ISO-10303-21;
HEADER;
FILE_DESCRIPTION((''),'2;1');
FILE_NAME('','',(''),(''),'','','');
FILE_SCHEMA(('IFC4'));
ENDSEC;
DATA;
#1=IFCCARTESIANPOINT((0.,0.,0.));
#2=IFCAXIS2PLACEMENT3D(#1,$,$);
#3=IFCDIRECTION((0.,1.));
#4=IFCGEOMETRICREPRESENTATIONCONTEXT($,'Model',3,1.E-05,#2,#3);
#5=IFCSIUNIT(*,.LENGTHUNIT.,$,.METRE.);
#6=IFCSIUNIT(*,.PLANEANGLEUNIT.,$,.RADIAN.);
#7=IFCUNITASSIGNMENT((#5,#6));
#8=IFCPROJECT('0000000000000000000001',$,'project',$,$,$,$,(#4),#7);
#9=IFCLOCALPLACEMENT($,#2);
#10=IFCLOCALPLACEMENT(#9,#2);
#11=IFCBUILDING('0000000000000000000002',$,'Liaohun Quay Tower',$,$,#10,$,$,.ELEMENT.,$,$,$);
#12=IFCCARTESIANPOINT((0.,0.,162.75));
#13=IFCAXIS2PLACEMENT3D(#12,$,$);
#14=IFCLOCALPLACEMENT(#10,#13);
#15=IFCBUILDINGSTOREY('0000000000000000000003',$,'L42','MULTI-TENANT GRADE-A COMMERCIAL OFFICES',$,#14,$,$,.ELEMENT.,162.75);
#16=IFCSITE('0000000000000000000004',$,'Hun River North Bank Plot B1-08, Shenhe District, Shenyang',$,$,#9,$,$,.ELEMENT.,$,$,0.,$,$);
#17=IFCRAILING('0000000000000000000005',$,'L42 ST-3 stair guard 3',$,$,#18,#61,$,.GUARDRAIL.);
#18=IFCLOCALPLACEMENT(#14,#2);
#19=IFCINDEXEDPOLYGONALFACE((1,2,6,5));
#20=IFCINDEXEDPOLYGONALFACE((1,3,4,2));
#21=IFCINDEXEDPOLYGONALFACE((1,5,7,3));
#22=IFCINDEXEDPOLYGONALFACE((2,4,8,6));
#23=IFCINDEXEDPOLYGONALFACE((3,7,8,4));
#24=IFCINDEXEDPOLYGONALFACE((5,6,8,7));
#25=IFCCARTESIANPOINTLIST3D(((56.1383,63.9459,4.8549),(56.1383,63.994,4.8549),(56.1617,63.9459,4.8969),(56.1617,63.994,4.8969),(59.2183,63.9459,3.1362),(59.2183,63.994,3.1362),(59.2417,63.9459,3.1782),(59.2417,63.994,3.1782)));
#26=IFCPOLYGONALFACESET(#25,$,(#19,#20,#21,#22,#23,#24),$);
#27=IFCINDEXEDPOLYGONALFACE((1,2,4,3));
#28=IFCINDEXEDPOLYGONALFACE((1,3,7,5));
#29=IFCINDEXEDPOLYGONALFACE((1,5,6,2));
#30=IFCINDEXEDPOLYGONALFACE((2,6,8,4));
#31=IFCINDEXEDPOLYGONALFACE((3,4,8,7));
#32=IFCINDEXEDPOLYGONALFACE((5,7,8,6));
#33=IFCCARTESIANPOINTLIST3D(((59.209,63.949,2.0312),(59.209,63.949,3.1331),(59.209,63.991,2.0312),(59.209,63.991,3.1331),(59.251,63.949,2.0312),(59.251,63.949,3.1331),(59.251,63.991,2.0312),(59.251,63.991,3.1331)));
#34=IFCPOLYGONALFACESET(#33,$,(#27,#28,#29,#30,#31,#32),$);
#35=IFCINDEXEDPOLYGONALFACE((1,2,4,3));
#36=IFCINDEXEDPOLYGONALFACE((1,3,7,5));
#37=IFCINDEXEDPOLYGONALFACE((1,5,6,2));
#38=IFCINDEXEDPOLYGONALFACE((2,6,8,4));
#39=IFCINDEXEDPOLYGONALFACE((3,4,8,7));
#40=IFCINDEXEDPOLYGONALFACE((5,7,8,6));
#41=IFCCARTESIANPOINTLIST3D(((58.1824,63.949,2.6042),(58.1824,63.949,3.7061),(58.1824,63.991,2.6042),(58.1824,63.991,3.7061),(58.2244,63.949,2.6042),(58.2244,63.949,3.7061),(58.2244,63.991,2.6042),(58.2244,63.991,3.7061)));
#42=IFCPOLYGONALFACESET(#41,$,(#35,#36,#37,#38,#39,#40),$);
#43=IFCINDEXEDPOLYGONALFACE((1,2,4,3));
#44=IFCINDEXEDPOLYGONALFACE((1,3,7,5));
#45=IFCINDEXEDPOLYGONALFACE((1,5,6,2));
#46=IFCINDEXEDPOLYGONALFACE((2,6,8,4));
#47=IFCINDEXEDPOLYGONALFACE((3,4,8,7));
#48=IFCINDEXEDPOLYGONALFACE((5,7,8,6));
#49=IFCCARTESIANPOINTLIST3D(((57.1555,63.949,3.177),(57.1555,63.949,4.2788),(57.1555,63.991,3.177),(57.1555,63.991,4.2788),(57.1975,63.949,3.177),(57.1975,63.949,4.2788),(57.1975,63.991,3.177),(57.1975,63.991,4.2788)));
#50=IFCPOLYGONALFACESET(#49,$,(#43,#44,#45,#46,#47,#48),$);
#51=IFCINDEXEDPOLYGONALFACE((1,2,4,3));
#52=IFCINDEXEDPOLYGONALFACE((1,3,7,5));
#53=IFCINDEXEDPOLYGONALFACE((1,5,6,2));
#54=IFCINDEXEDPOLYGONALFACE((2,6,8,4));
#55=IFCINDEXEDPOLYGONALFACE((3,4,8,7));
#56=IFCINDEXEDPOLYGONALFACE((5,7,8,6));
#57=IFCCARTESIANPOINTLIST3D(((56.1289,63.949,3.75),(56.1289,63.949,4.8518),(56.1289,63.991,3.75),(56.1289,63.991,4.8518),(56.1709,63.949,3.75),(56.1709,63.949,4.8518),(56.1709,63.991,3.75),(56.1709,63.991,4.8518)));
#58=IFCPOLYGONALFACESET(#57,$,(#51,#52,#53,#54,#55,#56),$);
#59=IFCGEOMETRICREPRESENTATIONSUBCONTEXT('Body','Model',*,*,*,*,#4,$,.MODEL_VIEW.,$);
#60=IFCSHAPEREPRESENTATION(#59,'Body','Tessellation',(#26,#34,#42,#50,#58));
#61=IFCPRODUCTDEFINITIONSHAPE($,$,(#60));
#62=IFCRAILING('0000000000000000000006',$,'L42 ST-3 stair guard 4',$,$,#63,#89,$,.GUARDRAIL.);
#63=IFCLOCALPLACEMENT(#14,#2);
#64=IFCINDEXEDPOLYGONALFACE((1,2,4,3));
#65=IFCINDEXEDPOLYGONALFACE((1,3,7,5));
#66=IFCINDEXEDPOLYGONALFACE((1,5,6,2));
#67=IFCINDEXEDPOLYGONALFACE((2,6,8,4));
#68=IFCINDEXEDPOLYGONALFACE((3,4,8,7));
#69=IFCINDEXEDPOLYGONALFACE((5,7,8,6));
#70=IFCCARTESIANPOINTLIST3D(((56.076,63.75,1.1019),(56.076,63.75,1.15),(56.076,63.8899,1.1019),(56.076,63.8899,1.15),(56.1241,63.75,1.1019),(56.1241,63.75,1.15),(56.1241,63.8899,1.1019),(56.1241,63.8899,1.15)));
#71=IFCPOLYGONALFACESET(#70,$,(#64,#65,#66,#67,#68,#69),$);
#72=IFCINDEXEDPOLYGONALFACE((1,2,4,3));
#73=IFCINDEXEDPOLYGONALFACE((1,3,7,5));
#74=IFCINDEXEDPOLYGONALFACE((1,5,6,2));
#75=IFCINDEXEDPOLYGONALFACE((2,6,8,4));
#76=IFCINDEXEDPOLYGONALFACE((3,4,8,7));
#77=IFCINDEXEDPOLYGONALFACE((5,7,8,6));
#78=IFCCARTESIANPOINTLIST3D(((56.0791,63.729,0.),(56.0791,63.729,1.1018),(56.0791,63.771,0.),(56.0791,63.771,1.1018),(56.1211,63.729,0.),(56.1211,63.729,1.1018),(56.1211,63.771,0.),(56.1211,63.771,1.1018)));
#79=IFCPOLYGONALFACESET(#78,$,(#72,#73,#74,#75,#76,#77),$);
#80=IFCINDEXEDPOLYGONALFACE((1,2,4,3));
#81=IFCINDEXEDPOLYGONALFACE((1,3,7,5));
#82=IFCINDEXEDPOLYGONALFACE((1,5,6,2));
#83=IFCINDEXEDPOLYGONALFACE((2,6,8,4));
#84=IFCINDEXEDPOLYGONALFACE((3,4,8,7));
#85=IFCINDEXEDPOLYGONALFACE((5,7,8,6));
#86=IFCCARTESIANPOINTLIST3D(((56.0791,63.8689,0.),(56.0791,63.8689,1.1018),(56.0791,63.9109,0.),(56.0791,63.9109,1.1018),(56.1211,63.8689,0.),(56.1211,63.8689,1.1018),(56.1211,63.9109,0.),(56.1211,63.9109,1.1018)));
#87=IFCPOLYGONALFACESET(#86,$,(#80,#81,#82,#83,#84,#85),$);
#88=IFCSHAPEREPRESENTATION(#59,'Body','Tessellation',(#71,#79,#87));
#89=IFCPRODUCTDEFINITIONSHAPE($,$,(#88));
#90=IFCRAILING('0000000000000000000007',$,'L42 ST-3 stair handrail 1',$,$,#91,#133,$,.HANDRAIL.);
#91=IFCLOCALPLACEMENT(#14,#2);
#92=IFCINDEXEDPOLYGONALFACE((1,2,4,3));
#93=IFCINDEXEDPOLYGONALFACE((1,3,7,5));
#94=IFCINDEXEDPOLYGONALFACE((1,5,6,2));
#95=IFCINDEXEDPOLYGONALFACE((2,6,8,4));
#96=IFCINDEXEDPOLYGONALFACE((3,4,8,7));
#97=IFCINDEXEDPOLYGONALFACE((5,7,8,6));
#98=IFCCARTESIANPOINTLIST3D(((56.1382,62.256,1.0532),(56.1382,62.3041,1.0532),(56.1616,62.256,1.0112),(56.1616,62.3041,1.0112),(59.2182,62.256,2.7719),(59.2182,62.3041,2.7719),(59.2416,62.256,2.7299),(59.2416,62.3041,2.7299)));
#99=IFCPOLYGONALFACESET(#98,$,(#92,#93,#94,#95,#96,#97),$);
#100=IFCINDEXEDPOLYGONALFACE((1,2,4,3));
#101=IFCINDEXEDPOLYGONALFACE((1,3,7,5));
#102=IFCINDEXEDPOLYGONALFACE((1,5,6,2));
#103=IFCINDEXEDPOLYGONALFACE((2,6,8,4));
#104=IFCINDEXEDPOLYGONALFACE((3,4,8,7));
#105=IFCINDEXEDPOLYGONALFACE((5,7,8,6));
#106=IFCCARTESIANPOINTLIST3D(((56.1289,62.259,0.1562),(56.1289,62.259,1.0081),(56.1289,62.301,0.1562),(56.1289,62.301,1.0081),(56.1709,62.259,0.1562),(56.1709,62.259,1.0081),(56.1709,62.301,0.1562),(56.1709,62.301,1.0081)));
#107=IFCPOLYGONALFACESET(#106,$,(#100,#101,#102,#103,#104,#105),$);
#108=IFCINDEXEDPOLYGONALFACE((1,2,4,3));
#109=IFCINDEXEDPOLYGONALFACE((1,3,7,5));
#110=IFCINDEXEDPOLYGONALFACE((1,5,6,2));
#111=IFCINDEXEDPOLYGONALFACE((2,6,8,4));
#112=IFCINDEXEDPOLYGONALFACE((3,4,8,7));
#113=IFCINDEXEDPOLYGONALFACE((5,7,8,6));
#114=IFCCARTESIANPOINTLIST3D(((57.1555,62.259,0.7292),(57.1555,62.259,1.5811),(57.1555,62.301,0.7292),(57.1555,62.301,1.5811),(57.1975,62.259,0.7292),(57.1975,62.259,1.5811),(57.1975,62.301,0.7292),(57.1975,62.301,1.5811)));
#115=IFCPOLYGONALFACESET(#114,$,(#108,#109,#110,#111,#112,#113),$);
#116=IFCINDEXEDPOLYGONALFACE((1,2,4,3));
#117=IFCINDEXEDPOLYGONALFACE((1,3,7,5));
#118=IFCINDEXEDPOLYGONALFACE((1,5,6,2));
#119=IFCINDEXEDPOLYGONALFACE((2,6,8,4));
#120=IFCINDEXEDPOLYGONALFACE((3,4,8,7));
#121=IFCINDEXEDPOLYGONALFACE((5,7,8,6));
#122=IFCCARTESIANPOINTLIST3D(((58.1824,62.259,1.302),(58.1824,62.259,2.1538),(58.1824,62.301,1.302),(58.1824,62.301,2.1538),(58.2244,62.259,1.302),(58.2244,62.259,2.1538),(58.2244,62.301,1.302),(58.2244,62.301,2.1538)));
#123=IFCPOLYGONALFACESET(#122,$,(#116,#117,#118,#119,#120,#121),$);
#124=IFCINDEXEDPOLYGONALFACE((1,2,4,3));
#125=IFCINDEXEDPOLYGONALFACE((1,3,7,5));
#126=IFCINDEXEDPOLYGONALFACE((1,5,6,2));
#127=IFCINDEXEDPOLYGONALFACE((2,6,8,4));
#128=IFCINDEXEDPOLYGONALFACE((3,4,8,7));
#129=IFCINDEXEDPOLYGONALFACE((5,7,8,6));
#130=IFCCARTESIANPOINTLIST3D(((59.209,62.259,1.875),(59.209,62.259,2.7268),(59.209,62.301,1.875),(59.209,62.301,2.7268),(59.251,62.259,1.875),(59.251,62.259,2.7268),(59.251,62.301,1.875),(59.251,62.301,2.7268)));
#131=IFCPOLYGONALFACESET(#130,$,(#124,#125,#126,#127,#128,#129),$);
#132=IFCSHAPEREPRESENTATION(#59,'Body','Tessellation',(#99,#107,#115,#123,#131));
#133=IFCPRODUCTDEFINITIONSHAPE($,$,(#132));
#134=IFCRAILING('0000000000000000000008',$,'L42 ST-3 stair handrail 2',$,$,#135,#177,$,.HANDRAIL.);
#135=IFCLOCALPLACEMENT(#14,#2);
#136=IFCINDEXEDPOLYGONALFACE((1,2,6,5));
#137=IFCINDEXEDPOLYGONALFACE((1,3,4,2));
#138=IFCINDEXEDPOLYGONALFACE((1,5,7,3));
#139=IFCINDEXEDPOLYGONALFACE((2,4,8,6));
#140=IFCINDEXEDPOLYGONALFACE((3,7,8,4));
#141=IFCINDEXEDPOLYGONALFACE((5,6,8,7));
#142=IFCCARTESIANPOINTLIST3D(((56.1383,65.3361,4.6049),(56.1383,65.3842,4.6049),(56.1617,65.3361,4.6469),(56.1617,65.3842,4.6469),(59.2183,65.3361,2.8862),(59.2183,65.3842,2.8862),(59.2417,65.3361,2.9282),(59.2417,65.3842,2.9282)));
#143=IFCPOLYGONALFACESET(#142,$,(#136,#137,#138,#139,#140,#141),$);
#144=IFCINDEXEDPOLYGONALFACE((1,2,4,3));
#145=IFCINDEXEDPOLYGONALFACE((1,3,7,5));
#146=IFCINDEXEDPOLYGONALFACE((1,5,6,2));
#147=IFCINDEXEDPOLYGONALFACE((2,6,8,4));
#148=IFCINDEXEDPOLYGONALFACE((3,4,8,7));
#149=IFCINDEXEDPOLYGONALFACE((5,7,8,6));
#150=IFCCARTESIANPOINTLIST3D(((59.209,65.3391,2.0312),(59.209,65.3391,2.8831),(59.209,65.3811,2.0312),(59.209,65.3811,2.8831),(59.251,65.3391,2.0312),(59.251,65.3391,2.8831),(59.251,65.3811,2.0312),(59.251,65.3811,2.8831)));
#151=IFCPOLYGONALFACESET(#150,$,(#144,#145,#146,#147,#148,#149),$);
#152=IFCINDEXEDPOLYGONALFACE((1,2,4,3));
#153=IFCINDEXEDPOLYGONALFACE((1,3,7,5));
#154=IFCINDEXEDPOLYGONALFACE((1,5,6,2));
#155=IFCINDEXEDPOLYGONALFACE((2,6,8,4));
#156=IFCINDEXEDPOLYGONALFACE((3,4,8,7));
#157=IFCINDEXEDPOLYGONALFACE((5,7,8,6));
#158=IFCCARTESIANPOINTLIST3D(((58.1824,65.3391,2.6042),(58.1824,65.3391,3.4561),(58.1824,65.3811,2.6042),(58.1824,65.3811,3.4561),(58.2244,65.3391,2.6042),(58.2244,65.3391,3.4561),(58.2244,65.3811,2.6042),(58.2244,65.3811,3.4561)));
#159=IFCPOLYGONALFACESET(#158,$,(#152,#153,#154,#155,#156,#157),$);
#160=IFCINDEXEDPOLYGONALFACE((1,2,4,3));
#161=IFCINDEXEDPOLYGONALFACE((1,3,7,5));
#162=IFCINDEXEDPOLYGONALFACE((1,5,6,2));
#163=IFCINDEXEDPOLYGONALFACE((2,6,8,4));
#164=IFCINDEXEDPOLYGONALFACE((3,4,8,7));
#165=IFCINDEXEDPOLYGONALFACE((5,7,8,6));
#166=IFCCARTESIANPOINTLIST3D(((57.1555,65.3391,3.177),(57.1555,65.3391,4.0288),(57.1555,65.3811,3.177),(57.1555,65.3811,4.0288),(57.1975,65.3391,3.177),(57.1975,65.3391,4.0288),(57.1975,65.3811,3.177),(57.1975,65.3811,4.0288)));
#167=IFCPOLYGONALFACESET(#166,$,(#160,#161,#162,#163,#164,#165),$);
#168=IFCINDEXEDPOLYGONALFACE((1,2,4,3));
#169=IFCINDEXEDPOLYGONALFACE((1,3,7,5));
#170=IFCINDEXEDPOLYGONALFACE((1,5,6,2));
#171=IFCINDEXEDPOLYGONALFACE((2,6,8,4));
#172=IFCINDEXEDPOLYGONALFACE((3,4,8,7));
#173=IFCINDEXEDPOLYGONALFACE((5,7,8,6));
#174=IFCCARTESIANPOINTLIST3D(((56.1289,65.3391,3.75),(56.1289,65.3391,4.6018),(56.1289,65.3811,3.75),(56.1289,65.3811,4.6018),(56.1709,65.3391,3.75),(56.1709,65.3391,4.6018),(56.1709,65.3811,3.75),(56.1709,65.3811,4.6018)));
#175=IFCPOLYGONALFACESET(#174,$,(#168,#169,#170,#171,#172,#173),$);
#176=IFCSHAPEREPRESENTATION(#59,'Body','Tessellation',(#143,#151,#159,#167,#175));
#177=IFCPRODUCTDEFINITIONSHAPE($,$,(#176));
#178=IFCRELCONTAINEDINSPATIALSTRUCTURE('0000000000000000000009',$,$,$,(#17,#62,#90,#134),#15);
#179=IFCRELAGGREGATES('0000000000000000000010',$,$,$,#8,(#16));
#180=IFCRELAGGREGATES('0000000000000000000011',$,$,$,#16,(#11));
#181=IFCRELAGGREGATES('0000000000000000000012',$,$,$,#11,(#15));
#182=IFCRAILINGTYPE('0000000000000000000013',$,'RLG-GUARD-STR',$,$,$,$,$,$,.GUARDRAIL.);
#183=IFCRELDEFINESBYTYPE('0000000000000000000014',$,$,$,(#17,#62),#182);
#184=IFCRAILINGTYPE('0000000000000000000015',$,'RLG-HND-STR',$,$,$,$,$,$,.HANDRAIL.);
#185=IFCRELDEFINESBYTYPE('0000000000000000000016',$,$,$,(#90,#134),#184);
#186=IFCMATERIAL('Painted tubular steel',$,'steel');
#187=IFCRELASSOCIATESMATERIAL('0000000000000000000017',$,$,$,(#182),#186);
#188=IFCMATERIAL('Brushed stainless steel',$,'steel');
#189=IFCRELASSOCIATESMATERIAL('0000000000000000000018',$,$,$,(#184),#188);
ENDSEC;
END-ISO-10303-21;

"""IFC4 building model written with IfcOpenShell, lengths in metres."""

from ifc_helpers import new_model, si_unit, direction, frame, origin, origin_2d, place, context, subcontext, project, spatial, rectangle, extrude, material, type_object, element, save


model = new_model("IFC4")

# Units and contexts
model_context = context("Model", 3, precision=1e-05, world=origin(), true_north=direction((0.0, 1.0)))
body_context = subcontext(model_context, "Body", "Model", "MODEL_VIEW")
ifc_project = project(units=[si_unit("LENGTHUNIT", "METRE"), si_unit("PLANEANGLEUNIT", "RADIAN")], contexts=[model_context])

# Site, building, storey
site_placement = place(None, origin())
site = spatial("IfcSite", under=ifc_project, at=site_placement, Name="Hun River North Bank Plot B1-08, Shenhe District, Shenyang", CompositionType="ELEMENT", RefElevation=0.0)
building_placement = place(site_placement, origin())
building = spatial("IfcBuilding", under=site, at=building_placement, Name="Liaohun Quay Tower", CompositionType="ELEMENT")
storey_placement = place(building_placement, frame((0.0, 0.0, 162.75)))
storey = spatial("IfcBuildingStorey", under=building, at=storey_placement, Name="L42", Description="MULTI-TENANT GRADE-A COMMERCIAL OFFICES", CompositionType="ELEMENT", Elevation=162.75)

# Railings
ifc_material_1 = material(Name="Painted tubular steel", Category="steel")
railing_type_1 = type_object("IfcRailingType", Name="RLG-GUARD-STR", PredefinedType="GUARDRAIL", material=ifc_material_1)
railing_1_placement = place(storey_placement, frame((59.23, 63.97, 2.0312)))
element("IfcRailing", 1, at=railing_1_placement, inside=storey, type_object=railing_type_1, Name="L42 ST-3 stair guard 3", PredefinedType="GUARDRAIL", context=body_context, shape_type="SweptSolid", body=[
    extrude(rectangle(XDim=0.0481, YDim=0.0481, at=origin_2d()), frame((0.0, 0.0, 1.126), z_axis=(-0.873242, 0.0, 0.487288), x_axis=(0.0, -1.0, 0.0)), (0.0, 0.0, 1.0), 3.5271),
    extrude(rectangle(XDim=0.042, YDim=0.042, at=origin_2d()), origin(), (0.0, 0.0, 1.0), 1.1018),
    extrude(rectangle(XDim=0.042, YDim=0.042, at=origin_2d()), frame((-1.0266, 0.0, 0.573)), (0.0, 0.0, 1.0), 1.1018),
    extrude(rectangle(XDim=0.042, YDim=0.042, at=origin_2d()), frame((-2.0535, 0.0, 1.1458)), (0.0, 0.0, 1.0), 1.1018),
    extrude(rectangle(XDim=0.042, YDim=0.042, at=origin_2d()), frame((-3.0801, 0.0, 1.7188)), (0.0, 0.0, 1.0), 1.1018),
])
railing_2_placement = place(storey_placement, frame((56.1001, 63.75, 0.0)))
element("IfcRailing", 2, at=railing_2_placement, inside=storey, type_object=railing_type_1, Name="L42 ST-3 stair guard 4", PredefinedType="GUARDRAIL", context=body_context, shape_type="SweptSolid", body=[
    extrude(rectangle(XDim=0.0481, YDim=0.0481, at=origin_2d()), frame((0.0, 0.0, 1.126), z_axis=(0.0, 1.0, 0.0), x_axis=(-1.0, 0.0, 0.0)), (0.0, 0.0, 1.0), 0.1399),
    extrude(rectangle(XDim=0.042, YDim=0.042, at=origin_2d()), origin(), (0.0, 0.0, 1.0), 1.1018),
    extrude(rectangle(XDim=0.042, YDim=0.042, at=origin_2d()), frame((0.0, 0.1399, 0.0)), (0.0, 0.0, 1.0), 1.1018),
])
ifc_material_2 = material(Name="Brushed stainless steel", Category="steel")
railing_type_2 = type_object("IfcRailingType", Name="RLG-HND-STR", PredefinedType="HANDRAIL", material=ifc_material_2)
railing_3_placement = place(storey_placement, frame((56.1499, 62.28, 0.1562)))
element("IfcRailing", 3, at=railing_3_placement, inside=storey, type_object=railing_type_2, Name="L42 ST-3 stair handrail 1", PredefinedType="HANDRAIL", context=body_context, shape_type="SweptSolid", body=[
    extrude(rectangle(XDim=0.0481, YDim=0.0481, at=origin_2d()), frame((0.0, 0.0, 0.876), z_axis=(0.873242, 0.0, 0.487288), x_axis=(0.0, 1.0, 0.0)), (0.0, 0.0, 1.0), 3.5271),
    extrude(rectangle(XDim=0.042, YDim=0.042, at=origin_2d()), origin(), (0.0, 0.0, 1.0), 0.8518),
    extrude(rectangle(XDim=0.042, YDim=0.042, at=origin_2d()), frame((1.0266, 0.0, 0.573)), (0.0, 0.0, 1.0), 0.8518),
    extrude(rectangle(XDim=0.042, YDim=0.042, at=origin_2d()), frame((2.0535, 0.0, 1.1458)), (0.0, 0.0, 1.0), 0.8518),
    extrude(rectangle(XDim=0.042, YDim=0.042, at=origin_2d()), frame((3.0801, 0.0, 1.7188)), (0.0, 0.0, 1.0), 0.8518),
])
railing_4_placement = place(storey_placement, frame((59.23, 65.3601, 2.0312)))
element("IfcRailing", 4, at=railing_4_placement, inside=storey, type_object=railing_type_2, Name="L42 ST-3 stair handrail 2", PredefinedType="HANDRAIL", context=body_context, shape_type="SweptSolid", body=[
    extrude(rectangle(XDim=0.0481, YDim=0.0481, at=origin_2d()), frame((0.0, 0.0, 0.876), z_axis=(-0.873242, 0.0, 0.487288), x_axis=(0.0, -1.0, 0.0)), (0.0, 0.0, 1.0), 3.5271),
    extrude(rectangle(XDim=0.042, YDim=0.042, at=origin_2d()), origin(), (0.0, 0.0, 1.0), 0.8518),
    extrude(rectangle(XDim=0.042, YDim=0.042, at=origin_2d()), frame((-1.0266, 0.0, 0.573)), (0.0, 0.0, 1.0), 0.8518),
    extrude(rectangle(XDim=0.042, YDim=0.042, at=origin_2d()), frame((-2.0535, 0.0, 1.1458)), (0.0, 0.0, 1.0), 0.8518),
    extrude(rectangle(XDim=0.042, YDim=0.042, at=origin_2d()), frame((-3.0801, 0.0, 1.7188)), (0.0, 0.0, 1.0), 0.8518),
])

save(model, "model.ifc")
